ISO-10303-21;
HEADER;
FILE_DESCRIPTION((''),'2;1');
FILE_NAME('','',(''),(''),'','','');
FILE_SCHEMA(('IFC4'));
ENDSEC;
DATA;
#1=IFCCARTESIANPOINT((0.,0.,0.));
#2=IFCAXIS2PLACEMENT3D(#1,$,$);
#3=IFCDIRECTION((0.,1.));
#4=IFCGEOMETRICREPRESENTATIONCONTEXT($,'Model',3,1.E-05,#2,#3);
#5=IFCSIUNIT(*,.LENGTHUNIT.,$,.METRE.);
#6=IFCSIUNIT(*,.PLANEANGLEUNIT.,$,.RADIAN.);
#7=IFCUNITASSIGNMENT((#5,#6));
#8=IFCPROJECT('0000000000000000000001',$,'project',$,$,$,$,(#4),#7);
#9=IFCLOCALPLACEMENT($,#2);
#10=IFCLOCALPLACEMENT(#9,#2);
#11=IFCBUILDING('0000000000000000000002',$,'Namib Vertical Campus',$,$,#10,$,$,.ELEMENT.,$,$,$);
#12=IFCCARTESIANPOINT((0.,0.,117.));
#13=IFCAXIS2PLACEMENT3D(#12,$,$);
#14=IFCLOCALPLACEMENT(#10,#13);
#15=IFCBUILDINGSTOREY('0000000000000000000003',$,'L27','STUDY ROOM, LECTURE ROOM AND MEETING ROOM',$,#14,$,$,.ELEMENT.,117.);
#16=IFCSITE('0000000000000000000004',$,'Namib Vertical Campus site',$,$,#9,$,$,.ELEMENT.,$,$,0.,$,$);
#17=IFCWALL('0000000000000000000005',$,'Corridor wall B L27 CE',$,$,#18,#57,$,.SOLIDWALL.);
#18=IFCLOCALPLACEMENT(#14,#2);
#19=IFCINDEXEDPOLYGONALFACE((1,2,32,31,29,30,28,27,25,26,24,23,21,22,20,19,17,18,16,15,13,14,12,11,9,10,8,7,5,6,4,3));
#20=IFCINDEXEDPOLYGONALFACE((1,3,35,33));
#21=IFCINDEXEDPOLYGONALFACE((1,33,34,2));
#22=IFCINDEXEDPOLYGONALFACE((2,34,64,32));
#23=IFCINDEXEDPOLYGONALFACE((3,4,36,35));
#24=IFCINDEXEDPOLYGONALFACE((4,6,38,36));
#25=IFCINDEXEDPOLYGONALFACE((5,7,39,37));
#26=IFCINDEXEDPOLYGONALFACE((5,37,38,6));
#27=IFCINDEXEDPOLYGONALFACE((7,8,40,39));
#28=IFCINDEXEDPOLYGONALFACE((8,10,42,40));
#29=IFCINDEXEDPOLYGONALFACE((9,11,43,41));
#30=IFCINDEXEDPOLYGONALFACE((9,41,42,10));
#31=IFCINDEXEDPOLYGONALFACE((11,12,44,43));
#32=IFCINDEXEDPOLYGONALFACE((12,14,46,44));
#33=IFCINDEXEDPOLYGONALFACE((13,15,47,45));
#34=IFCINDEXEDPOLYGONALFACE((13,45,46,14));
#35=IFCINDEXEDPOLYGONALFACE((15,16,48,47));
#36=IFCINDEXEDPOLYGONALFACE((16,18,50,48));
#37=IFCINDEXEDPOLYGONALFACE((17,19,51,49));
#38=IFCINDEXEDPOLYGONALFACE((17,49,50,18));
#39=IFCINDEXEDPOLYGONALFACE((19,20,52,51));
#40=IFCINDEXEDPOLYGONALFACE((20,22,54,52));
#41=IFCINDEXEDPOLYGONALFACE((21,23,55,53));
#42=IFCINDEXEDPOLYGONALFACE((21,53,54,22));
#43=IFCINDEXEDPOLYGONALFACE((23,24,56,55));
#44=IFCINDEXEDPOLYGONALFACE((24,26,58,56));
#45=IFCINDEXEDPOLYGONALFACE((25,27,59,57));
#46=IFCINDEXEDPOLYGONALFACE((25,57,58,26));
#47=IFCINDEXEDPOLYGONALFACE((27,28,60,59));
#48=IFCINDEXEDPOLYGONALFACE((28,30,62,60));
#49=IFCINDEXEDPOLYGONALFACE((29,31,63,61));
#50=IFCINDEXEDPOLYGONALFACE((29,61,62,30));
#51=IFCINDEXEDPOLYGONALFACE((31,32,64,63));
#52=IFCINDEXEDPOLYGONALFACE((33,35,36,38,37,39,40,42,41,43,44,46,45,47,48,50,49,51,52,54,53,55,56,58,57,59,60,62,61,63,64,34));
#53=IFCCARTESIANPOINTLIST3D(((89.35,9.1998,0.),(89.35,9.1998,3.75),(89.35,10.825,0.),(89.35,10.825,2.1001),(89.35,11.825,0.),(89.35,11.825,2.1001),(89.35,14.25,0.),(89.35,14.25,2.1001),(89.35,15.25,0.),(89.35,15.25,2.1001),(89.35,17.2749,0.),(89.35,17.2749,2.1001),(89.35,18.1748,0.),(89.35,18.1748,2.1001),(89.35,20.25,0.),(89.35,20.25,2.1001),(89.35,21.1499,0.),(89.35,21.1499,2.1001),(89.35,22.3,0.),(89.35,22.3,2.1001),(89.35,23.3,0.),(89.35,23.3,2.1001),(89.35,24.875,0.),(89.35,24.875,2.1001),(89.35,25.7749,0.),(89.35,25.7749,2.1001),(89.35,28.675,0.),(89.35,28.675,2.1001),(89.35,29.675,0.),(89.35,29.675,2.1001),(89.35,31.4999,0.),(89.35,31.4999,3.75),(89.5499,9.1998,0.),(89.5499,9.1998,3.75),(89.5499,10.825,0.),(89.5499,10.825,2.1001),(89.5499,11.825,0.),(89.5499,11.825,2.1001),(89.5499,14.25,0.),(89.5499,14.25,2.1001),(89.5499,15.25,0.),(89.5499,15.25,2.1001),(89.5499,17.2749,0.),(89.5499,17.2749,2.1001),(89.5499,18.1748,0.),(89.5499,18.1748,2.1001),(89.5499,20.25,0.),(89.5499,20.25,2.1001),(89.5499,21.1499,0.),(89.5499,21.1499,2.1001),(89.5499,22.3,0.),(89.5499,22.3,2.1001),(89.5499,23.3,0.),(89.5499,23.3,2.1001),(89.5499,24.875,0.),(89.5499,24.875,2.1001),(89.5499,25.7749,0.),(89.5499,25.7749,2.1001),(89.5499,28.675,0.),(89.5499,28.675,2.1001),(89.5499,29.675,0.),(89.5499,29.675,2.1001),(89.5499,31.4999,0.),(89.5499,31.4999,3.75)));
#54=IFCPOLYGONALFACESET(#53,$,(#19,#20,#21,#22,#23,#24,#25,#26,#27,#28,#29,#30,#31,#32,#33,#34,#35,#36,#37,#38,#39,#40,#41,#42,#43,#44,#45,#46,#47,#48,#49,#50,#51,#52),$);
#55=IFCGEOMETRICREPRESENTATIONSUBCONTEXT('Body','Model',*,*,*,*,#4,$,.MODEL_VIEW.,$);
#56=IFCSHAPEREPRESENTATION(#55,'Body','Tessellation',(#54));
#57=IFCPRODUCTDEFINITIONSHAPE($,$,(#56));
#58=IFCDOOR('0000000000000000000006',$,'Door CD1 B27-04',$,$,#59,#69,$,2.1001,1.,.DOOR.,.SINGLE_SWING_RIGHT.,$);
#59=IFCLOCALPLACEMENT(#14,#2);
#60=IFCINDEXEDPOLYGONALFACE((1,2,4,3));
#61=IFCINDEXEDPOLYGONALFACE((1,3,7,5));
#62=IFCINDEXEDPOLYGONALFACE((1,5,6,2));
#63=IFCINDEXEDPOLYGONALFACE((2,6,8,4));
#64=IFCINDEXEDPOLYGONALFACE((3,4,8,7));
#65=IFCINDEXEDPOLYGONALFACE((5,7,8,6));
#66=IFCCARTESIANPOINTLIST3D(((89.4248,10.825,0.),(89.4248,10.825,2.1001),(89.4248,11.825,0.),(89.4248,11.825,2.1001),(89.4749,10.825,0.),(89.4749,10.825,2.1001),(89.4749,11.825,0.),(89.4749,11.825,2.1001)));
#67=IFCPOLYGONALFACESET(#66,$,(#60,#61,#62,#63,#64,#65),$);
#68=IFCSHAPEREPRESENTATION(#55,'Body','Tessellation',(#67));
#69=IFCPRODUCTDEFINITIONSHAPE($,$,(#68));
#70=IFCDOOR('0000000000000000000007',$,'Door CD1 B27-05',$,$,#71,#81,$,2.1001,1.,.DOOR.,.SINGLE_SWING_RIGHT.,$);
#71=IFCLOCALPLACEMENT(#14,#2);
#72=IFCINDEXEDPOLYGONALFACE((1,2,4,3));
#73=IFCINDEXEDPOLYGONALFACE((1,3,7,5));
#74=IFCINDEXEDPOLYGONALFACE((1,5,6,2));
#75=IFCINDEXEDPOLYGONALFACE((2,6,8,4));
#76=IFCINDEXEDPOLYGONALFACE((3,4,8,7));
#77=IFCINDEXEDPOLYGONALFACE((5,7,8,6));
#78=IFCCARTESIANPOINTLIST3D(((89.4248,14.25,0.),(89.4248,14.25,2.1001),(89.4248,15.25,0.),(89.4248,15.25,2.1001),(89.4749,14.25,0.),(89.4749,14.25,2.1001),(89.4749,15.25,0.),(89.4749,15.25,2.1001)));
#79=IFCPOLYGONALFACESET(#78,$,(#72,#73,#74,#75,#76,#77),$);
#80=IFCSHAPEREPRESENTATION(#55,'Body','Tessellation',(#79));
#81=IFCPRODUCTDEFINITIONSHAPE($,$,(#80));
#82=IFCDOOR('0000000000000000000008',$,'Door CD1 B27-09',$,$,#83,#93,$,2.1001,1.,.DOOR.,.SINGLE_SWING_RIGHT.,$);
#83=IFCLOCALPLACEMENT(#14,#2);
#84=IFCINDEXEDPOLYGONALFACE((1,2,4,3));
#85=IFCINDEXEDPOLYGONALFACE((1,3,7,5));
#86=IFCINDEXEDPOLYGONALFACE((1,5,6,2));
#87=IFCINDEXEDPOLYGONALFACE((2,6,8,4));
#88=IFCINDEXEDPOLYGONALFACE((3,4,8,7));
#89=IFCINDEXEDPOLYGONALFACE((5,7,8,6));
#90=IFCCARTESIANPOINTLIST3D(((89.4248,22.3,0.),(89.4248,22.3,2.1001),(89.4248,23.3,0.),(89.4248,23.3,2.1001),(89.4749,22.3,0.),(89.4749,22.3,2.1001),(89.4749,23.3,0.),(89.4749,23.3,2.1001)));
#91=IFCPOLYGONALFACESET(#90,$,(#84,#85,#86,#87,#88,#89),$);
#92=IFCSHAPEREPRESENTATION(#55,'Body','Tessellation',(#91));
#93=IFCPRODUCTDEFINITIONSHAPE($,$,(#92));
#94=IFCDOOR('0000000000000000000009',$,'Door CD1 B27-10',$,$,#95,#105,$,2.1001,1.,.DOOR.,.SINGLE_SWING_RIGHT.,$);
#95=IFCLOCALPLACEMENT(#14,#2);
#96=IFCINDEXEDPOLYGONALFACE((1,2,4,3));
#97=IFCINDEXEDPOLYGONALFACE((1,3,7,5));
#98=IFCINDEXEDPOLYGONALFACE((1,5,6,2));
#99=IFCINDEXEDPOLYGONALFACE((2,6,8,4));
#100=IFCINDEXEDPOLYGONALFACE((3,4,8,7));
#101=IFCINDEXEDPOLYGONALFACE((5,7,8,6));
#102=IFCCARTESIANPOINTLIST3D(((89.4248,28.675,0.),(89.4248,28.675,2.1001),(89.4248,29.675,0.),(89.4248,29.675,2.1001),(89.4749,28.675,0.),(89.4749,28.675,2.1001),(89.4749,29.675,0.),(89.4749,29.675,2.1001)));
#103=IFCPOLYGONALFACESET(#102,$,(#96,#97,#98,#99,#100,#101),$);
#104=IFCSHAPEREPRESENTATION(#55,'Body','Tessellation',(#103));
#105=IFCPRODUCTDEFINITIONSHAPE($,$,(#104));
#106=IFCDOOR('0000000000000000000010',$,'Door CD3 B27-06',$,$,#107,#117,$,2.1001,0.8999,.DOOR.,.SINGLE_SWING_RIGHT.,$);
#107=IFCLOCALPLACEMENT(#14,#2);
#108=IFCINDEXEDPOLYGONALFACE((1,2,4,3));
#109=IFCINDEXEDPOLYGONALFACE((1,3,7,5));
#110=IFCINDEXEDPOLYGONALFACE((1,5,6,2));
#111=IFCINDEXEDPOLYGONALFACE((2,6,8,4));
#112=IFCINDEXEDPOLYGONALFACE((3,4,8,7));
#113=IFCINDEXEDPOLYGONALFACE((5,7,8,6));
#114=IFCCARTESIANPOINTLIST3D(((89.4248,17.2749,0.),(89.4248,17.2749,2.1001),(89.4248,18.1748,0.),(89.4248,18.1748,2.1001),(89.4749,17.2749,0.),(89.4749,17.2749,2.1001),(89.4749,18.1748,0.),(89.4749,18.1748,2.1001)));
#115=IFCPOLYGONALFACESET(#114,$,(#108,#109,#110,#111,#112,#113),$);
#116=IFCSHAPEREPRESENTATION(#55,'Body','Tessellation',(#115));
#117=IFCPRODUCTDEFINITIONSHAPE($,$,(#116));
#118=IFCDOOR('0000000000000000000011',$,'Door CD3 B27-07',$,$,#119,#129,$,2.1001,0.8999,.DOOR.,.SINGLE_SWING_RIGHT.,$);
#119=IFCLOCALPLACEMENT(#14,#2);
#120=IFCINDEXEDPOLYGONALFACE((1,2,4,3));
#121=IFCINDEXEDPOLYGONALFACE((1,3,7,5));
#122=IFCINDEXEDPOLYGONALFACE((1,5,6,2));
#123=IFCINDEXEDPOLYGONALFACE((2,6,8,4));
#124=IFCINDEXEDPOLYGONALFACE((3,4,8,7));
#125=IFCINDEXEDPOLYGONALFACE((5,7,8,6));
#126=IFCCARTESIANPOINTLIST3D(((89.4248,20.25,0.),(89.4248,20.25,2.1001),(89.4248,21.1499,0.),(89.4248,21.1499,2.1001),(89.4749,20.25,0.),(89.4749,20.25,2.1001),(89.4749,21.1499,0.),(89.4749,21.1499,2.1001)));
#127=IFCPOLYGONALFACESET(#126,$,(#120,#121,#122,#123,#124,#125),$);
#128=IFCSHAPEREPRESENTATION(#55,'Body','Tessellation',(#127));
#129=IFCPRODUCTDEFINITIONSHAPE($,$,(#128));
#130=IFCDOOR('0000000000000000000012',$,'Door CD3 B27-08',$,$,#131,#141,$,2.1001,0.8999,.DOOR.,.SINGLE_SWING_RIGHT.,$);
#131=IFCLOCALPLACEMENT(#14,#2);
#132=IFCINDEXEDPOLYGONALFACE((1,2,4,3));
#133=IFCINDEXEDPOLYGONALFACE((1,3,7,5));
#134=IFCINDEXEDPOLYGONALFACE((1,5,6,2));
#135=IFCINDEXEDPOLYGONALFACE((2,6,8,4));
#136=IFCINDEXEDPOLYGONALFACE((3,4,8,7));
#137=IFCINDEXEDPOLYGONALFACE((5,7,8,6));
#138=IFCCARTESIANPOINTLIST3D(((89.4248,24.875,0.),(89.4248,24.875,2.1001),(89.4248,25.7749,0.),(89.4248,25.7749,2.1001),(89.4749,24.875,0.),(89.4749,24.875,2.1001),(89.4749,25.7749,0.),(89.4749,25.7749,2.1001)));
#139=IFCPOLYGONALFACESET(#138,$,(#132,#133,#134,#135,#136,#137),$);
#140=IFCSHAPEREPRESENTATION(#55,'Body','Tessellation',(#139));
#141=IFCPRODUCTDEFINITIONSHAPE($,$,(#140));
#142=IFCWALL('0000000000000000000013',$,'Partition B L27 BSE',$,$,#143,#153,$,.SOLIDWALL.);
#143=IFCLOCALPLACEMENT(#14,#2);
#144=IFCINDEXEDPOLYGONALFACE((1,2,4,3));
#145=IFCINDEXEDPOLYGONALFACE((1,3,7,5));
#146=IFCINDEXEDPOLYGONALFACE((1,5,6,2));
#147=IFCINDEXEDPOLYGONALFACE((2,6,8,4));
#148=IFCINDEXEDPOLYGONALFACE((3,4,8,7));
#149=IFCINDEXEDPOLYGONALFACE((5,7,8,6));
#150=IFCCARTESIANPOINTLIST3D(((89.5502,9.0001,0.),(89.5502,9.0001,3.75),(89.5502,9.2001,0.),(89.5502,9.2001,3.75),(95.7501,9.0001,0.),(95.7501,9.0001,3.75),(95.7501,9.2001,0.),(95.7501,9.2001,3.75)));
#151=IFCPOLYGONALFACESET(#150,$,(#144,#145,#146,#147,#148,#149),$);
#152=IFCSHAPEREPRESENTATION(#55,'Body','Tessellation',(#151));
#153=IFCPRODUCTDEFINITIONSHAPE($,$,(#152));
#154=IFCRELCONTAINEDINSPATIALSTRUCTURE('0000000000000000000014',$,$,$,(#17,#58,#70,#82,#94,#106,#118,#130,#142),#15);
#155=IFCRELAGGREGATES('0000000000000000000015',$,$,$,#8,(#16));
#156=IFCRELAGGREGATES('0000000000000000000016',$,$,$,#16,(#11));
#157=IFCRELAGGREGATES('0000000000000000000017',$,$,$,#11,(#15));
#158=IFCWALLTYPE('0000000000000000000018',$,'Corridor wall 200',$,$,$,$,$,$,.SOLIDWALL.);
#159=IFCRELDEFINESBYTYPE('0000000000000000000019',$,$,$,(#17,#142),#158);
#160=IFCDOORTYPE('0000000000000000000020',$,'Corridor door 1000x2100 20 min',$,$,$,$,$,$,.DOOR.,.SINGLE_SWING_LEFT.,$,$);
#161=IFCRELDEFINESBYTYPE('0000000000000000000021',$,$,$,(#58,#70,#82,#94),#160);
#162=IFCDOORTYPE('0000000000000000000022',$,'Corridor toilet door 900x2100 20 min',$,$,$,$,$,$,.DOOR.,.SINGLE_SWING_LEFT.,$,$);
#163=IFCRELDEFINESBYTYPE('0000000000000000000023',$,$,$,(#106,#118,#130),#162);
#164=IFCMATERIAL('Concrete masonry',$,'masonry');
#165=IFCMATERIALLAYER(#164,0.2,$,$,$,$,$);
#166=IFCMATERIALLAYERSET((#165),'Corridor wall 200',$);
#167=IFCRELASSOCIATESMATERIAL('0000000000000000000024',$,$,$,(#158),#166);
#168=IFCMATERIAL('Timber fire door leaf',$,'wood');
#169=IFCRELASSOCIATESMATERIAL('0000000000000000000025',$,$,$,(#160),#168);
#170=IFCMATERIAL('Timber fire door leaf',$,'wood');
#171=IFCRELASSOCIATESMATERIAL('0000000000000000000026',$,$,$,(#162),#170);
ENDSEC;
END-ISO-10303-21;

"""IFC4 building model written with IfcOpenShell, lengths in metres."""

from ifc_helpers import new_model, si_unit, direction, frame, frame_2d, origin, place, context, subcontext, project, spatial, rectangle, extrude, material, layer, layer_set, type_object, element, fill, save


model = new_model("IFC4")

# Units and contexts
model_context = context("Model", 3, precision=1e-05, world=origin(), true_north=direction((0.0, 1.0)))
body_context = subcontext(model_context, "Body", "Model", "MODEL_VIEW")
ifc_project = project(units=[si_unit("LENGTHUNIT", "METRE"), si_unit("PLANEANGLEUNIT", "RADIAN")], contexts=[model_context])

# Site, building, storey
site_placement = place(None, origin())
site = spatial("IfcSite", under=ifc_project, at=site_placement, Name="Namib Vertical Campus site", CompositionType="ELEMENT", RefElevation=0.0)
building_placement = place(site_placement, origin())
building = spatial("IfcBuilding", under=site, at=building_placement, Name="Namib Vertical Campus", CompositionType="ELEMENT")
storey_placement = place(building_placement, frame((0.0, 0.0, 117.0)))
storey = spatial("IfcBuildingStorey", under=building, at=storey_placement, Name="L27", Description="STUDY ROOM, LECTURE ROOM AND MEETING ROOM", CompositionType="ELEMENT", Elevation=117.0)

# Wall, openings, doors
ifc_material_1 = material(Name="Concrete masonry", Category="masonry")
ifc_layer_1 = layer(ifc_material_1, 0.2)
ifc_layer_set_1 = layer_set([ifc_layer_1], Name="Corridor wall 200")
wall_type_1 = type_object("IfcWallType", Name="Corridor wall 200", PredefinedType="SOLIDWALL", material=ifc_layer_set_1)
wall_1_placement = place(storey_placement, frame((89.45, 9.2, 0.0), z_axis=(0.0, 0.0, 1.0), x_axis=(0.0, 1.0, 0.0)))
wall_1 = element("IfcWall", 1, at=wall_1_placement, inside=storey, type_object=wall_type_1, Name="Corridor wall B L27 CE", PredefinedType="SOLIDWALL", context=body_context, shape_type="SweptSolid", body=[
    extrude(rectangle(XDim=22.3, YDim=0.2, at=frame_2d((11.1499, 0.0))), origin(), (0.0, 0.0, 1.0), 3.75),
])
opening_1_placement = place(wall_1_placement, frame((1.625, 0.0, 0.0)))
opening_1 = element("IfcOpeningElement", 2, at=opening_1_placement, cuts=wall_1, PredefinedType="OPENING", context=body_context, shape_type="SweptSolid", body=[
    extrude(rectangle(XDim=1.0, YDim=2.1001, at=frame_2d((0.5, 1.05))), frame((0.0, 0.1099, 0.0), z_axis=(0.0, -1.0, 0.0), x_axis=(1.0, 0.0, 0.0)), (0.0, 0.0, 1.0), 0.22),
])
opening_2_placement = place(wall_1_placement, frame((5.05, 0.0, 0.0)))
opening_2 = element("IfcOpeningElement", 3, at=opening_2_placement, cuts=wall_1, PredefinedType="OPENING", context=body_context, shape_type="SweptSolid", body=[
    extrude(rectangle(XDim=1.0, YDim=2.1001, at=frame_2d((0.5, 1.05))), frame((0.0, 0.1099, 0.0), z_axis=(0.0, -1.0, 0.0), x_axis=(1.0, 0.0, 0.0)), (0.0, 0.0, 1.0), 0.22),
])
opening_3_placement = place(wall_1_placement, frame((8.075, 0.0, 0.0)))
opening_3 = element("IfcOpeningElement", 4, at=opening_3_placement, cuts=wall_1, PredefinedType="OPENING", context=body_context, shape_type="SweptSolid", body=[
    extrude(rectangle(XDim=0.8999, YDim=2.1001, at=frame_2d((0.45, 1.05))), frame((0.0, 0.1099, 0.0), z_axis=(0.0, -1.0, 0.0), x_axis=(1.0, 0.0, 0.0)), (0.0, 0.0, 1.0), 0.22),
])
opening_4_placement = place(wall_1_placement, frame((11.05, 0.0, 0.0)))
opening_4 = element("IfcOpeningElement", 5, at=opening_4_placement, cuts=wall_1, PredefinedType="OPENING", context=body_context, shape_type="SweptSolid", body=[
    extrude(rectangle(XDim=0.8999, YDim=2.1001, at=frame_2d((0.45, 1.05))), frame((0.0, 0.1099, 0.0), z_axis=(0.0, -1.0, 0.0), x_axis=(1.0, 0.0, 0.0)), (0.0, 0.0, 1.0), 0.22),
])
opening_5_placement = place(wall_1_placement, frame((15.675, 0.0, 0.0)))
opening_5 = element("IfcOpeningElement", 6, at=opening_5_placement, cuts=wall_1, PredefinedType="OPENING", context=body_context, shape_type="SweptSolid", body=[
    extrude(rectangle(XDim=0.8999, YDim=2.1001, at=frame_2d((0.45, 1.05))), frame((0.0, 0.1099, 0.0), z_axis=(0.0, -1.0, 0.0), x_axis=(1.0, 0.0, 0.0)), (0.0, 0.0, 1.0), 0.22),
])
opening_6_placement = place(wall_1_placement, frame((13.1001, 0.0, 0.0)))
opening_6 = element("IfcOpeningElement", 7, at=opening_6_placement, cuts=wall_1, PredefinedType="OPENING", context=body_context, shape_type="SweptSolid", body=[
    extrude(rectangle(XDim=1.0, YDim=2.1001, at=frame_2d((0.5, 1.05))), frame((0.0, 0.1099, 0.0), z_axis=(0.0, -1.0, 0.0), x_axis=(1.0, 0.0, 0.0)), (0.0, 0.0, 1.0), 0.22),
])
opening_7_placement = place(wall_1_placement, frame((19.4751, 0.0, 0.0)))
opening_7 = element("IfcOpeningElement", 8, at=opening_7_placement, cuts=wall_1, PredefinedType="OPENING", context=body_context, shape_type="SweptSolid", body=[
    extrude(rectangle(XDim=1.0, YDim=2.1001, at=frame_2d((0.5, 1.05))), frame((0.0, 0.1099, 0.0), z_axis=(0.0, -1.0, 0.0), x_axis=(1.0, 0.0, 0.0)), (0.0, 0.0, 1.0), 0.22),
])
ifc_material_2 = material(Name="Timber fire door leaf", Category="wood")
door_type_1 = type_object("IfcDoorType", Name="Corridor door 1000x2100 20 min", OperationType="SINGLE_SWING_LEFT", PredefinedType="DOOR", material=ifc_material_2)
door_1_placement = place(opening_1_placement, frame((1.0, 0.0, 0.0), z_axis=(0.0, 0.0, 1.0), x_axis=(-1.0, 0.0, 0.0)))
door_1 = element("IfcDoor", 9, at=door_1_placement, inside=storey, type_object=door_type_1, Name="Door CD1 B27-04", OperationType="SINGLE_SWING_RIGHT", OverallHeight=2.1001, OverallWidth=1.0, PredefinedType="DOOR", context=body_context, shape_type="SweptSolid", body=[
    extrude(rectangle(XDim=1.0, YDim=2.1001, at=frame_2d((0.5, 1.05))), frame((0.0, 0.0249, 0.0), z_axis=(0.0, -1.0, 0.0), x_axis=(1.0, 0.0, 0.0)), (0.0, 0.0, 1.0), 0.05),
])
fill(opening_1, door_1)
door_2_placement = place(opening_2_placement, frame((1.0, 0.0, 0.0), z_axis=(0.0, 0.0, 1.0), x_axis=(-1.0, 0.0, 0.0)))
door_2 = element("IfcDoor", 10, at=door_2_placement, inside=storey, type_object=door_type_1, Name="Door CD1 B27-05", OperationType="SINGLE_SWING_RIGHT", OverallHeight=2.1001, OverallWidth=1.0, PredefinedType="DOOR", context=body_context, shape_type="SweptSolid", body=[
    extrude(rectangle(XDim=1.0, YDim=2.1001, at=frame_2d((0.5, 1.05))), frame((0.0, 0.0249, 0.0), z_axis=(0.0, -1.0, 0.0), x_axis=(1.0, 0.0, 0.0)), (0.0, 0.0, 1.0), 0.05),
])
fill(opening_2, door_2)
door_3_placement = place(opening_6_placement, frame((1.0, 0.0, 0.0), z_axis=(0.0, 0.0, 1.0), x_axis=(-1.0, 0.0, 0.0)))
door_3 = element("IfcDoor", 11, at=door_3_placement, inside=storey, type_object=door_type_1, Name="Door CD1 B27-09", OperationType="SINGLE_SWING_RIGHT", OverallHeight=2.1001, OverallWidth=1.0, PredefinedType="DOOR", context=body_context, shape_type="SweptSolid", body=[
    extrude(rectangle(XDim=1.0, YDim=2.1001, at=frame_2d((0.5, 1.05))), frame((0.0, 0.0249, 0.0), z_axis=(0.0, -1.0, 0.0), x_axis=(1.0, 0.0, 0.0)), (0.0, 0.0, 1.0), 0.05),
])
fill(opening_6, door_3)
door_4_placement = place(opening_7_placement, frame((1.0, 0.0, 0.0), z_axis=(0.0, 0.0, 1.0), x_axis=(-1.0, 0.0, 0.0)))
door_4 = element("IfcDoor", 12, at=door_4_placement, inside=storey, type_object=door_type_1, Name="Door CD1 B27-10", OperationType="SINGLE_SWING_RIGHT", OverallHeight=2.1001, OverallWidth=1.0, PredefinedType="DOOR", context=body_context, shape_type="SweptSolid", body=[
    extrude(rectangle(XDim=1.0, YDim=2.1001, at=frame_2d((0.5, 1.05))), frame((0.0, 0.0249, 0.0), z_axis=(0.0, -1.0, 0.0), x_axis=(1.0, 0.0, 0.0)), (0.0, 0.0, 1.0), 0.05),
])
fill(opening_7, door_4)
ifc_material_3 = material(Name="Timber fire door leaf", Category="wood")
door_type_2 = type_object("IfcDoorType", Name="Corridor toilet door 900x2100 20 min", OperationType="SINGLE_SWING_LEFT", PredefinedType="DOOR", material=ifc_material_3)
door_5_placement = place(opening_3_placement, frame((0.8999, 0.0, 0.0), z_axis=(0.0, 0.0, 1.0), x_axis=(-1.0, 0.0, 0.0)))
door_5 = element("IfcDoor", 13, at=door_5_placement, inside=storey, type_object=door_type_2, Name="Door CD3 B27-06", OperationType="SINGLE_SWING_RIGHT", OverallHeight=2.1001, OverallWidth=0.8999, PredefinedType="DOOR", context=body_context, shape_type="SweptSolid", body=[
    extrude(rectangle(XDim=0.8999, YDim=2.1001, at=frame_2d((0.45, 1.05))), frame((0.0, 0.0249, 0.0), z_axis=(0.0, -1.0, 0.0), x_axis=(1.0, 0.0, 0.0)), (0.0, 0.0, 1.0), 0.05),
])
fill(opening_3, door_5)
door_6_placement = place(opening_4_placement, frame((0.8999, 0.0, 0.0), z_axis=(0.0, 0.0, 1.0), x_axis=(-1.0, 0.0, 0.0)))
door_6 = element("IfcDoor", 14, at=door_6_placement, inside=storey, type_object=door_type_2, Name="Door CD3 B27-07", OperationType="SINGLE_SWING_RIGHT", OverallHeight=2.1001, OverallWidth=0.8999, PredefinedType="DOOR", context=body_context, shape_type="SweptSolid", body=[
    extrude(rectangle(XDim=0.8999, YDim=2.1001, at=frame_2d((0.45, 1.05))), frame((0.0, 0.0249, 0.0), z_axis=(0.0, -1.0, 0.0), x_axis=(1.0, 0.0, 0.0)), (0.0, 0.0, 1.0), 0.05),
])
fill(opening_4, door_6)
door_7_placement = place(opening_5_placement, frame((0.8999, 0.0, 0.0), z_axis=(0.0, 0.0, 1.0), x_axis=(-1.0, 0.0, 0.0)))
door_7 = element("IfcDoor", 15, at=door_7_placement, inside=storey, type_object=door_type_2, Name="Door CD3 B27-08", OperationType="SINGLE_SWING_RIGHT", OverallHeight=2.1001, OverallWidth=0.8999, PredefinedType="DOOR", context=body_context, shape_type="SweptSolid", body=[
    extrude(rectangle(XDim=0.8999, YDim=2.1001, at=frame_2d((0.45, 1.05))), frame((0.0, 0.0249, 0.0), z_axis=(0.0, -1.0, 0.0), x_axis=(1.0, 0.0, 0.0)), (0.0, 0.0, 1.0), 0.05),
])
fill(opening_5, door_7)

# Wall
wall_2_placement = place(storey_placement, frame((89.55, 9.1001, 0.0), z_axis=(0.0, 0.0, 1.0), x_axis=(1.0, 0.0, 0.0)))
element("IfcWall", 16, at=wall_2_placement, inside=storey, type_object=wall_type_1, Name="Partition B L27 BSE", PredefinedType="SOLIDWALL", context=body_context, shape_type="SweptSolid", body=[
    extrude(rectangle(XDim=6.2, YDim=0.2, at=frame_2d((3.1001, 0.0))), origin(), (0.0, 0.0, 1.0), 3.75),
])

save(model, "model.ifc")
